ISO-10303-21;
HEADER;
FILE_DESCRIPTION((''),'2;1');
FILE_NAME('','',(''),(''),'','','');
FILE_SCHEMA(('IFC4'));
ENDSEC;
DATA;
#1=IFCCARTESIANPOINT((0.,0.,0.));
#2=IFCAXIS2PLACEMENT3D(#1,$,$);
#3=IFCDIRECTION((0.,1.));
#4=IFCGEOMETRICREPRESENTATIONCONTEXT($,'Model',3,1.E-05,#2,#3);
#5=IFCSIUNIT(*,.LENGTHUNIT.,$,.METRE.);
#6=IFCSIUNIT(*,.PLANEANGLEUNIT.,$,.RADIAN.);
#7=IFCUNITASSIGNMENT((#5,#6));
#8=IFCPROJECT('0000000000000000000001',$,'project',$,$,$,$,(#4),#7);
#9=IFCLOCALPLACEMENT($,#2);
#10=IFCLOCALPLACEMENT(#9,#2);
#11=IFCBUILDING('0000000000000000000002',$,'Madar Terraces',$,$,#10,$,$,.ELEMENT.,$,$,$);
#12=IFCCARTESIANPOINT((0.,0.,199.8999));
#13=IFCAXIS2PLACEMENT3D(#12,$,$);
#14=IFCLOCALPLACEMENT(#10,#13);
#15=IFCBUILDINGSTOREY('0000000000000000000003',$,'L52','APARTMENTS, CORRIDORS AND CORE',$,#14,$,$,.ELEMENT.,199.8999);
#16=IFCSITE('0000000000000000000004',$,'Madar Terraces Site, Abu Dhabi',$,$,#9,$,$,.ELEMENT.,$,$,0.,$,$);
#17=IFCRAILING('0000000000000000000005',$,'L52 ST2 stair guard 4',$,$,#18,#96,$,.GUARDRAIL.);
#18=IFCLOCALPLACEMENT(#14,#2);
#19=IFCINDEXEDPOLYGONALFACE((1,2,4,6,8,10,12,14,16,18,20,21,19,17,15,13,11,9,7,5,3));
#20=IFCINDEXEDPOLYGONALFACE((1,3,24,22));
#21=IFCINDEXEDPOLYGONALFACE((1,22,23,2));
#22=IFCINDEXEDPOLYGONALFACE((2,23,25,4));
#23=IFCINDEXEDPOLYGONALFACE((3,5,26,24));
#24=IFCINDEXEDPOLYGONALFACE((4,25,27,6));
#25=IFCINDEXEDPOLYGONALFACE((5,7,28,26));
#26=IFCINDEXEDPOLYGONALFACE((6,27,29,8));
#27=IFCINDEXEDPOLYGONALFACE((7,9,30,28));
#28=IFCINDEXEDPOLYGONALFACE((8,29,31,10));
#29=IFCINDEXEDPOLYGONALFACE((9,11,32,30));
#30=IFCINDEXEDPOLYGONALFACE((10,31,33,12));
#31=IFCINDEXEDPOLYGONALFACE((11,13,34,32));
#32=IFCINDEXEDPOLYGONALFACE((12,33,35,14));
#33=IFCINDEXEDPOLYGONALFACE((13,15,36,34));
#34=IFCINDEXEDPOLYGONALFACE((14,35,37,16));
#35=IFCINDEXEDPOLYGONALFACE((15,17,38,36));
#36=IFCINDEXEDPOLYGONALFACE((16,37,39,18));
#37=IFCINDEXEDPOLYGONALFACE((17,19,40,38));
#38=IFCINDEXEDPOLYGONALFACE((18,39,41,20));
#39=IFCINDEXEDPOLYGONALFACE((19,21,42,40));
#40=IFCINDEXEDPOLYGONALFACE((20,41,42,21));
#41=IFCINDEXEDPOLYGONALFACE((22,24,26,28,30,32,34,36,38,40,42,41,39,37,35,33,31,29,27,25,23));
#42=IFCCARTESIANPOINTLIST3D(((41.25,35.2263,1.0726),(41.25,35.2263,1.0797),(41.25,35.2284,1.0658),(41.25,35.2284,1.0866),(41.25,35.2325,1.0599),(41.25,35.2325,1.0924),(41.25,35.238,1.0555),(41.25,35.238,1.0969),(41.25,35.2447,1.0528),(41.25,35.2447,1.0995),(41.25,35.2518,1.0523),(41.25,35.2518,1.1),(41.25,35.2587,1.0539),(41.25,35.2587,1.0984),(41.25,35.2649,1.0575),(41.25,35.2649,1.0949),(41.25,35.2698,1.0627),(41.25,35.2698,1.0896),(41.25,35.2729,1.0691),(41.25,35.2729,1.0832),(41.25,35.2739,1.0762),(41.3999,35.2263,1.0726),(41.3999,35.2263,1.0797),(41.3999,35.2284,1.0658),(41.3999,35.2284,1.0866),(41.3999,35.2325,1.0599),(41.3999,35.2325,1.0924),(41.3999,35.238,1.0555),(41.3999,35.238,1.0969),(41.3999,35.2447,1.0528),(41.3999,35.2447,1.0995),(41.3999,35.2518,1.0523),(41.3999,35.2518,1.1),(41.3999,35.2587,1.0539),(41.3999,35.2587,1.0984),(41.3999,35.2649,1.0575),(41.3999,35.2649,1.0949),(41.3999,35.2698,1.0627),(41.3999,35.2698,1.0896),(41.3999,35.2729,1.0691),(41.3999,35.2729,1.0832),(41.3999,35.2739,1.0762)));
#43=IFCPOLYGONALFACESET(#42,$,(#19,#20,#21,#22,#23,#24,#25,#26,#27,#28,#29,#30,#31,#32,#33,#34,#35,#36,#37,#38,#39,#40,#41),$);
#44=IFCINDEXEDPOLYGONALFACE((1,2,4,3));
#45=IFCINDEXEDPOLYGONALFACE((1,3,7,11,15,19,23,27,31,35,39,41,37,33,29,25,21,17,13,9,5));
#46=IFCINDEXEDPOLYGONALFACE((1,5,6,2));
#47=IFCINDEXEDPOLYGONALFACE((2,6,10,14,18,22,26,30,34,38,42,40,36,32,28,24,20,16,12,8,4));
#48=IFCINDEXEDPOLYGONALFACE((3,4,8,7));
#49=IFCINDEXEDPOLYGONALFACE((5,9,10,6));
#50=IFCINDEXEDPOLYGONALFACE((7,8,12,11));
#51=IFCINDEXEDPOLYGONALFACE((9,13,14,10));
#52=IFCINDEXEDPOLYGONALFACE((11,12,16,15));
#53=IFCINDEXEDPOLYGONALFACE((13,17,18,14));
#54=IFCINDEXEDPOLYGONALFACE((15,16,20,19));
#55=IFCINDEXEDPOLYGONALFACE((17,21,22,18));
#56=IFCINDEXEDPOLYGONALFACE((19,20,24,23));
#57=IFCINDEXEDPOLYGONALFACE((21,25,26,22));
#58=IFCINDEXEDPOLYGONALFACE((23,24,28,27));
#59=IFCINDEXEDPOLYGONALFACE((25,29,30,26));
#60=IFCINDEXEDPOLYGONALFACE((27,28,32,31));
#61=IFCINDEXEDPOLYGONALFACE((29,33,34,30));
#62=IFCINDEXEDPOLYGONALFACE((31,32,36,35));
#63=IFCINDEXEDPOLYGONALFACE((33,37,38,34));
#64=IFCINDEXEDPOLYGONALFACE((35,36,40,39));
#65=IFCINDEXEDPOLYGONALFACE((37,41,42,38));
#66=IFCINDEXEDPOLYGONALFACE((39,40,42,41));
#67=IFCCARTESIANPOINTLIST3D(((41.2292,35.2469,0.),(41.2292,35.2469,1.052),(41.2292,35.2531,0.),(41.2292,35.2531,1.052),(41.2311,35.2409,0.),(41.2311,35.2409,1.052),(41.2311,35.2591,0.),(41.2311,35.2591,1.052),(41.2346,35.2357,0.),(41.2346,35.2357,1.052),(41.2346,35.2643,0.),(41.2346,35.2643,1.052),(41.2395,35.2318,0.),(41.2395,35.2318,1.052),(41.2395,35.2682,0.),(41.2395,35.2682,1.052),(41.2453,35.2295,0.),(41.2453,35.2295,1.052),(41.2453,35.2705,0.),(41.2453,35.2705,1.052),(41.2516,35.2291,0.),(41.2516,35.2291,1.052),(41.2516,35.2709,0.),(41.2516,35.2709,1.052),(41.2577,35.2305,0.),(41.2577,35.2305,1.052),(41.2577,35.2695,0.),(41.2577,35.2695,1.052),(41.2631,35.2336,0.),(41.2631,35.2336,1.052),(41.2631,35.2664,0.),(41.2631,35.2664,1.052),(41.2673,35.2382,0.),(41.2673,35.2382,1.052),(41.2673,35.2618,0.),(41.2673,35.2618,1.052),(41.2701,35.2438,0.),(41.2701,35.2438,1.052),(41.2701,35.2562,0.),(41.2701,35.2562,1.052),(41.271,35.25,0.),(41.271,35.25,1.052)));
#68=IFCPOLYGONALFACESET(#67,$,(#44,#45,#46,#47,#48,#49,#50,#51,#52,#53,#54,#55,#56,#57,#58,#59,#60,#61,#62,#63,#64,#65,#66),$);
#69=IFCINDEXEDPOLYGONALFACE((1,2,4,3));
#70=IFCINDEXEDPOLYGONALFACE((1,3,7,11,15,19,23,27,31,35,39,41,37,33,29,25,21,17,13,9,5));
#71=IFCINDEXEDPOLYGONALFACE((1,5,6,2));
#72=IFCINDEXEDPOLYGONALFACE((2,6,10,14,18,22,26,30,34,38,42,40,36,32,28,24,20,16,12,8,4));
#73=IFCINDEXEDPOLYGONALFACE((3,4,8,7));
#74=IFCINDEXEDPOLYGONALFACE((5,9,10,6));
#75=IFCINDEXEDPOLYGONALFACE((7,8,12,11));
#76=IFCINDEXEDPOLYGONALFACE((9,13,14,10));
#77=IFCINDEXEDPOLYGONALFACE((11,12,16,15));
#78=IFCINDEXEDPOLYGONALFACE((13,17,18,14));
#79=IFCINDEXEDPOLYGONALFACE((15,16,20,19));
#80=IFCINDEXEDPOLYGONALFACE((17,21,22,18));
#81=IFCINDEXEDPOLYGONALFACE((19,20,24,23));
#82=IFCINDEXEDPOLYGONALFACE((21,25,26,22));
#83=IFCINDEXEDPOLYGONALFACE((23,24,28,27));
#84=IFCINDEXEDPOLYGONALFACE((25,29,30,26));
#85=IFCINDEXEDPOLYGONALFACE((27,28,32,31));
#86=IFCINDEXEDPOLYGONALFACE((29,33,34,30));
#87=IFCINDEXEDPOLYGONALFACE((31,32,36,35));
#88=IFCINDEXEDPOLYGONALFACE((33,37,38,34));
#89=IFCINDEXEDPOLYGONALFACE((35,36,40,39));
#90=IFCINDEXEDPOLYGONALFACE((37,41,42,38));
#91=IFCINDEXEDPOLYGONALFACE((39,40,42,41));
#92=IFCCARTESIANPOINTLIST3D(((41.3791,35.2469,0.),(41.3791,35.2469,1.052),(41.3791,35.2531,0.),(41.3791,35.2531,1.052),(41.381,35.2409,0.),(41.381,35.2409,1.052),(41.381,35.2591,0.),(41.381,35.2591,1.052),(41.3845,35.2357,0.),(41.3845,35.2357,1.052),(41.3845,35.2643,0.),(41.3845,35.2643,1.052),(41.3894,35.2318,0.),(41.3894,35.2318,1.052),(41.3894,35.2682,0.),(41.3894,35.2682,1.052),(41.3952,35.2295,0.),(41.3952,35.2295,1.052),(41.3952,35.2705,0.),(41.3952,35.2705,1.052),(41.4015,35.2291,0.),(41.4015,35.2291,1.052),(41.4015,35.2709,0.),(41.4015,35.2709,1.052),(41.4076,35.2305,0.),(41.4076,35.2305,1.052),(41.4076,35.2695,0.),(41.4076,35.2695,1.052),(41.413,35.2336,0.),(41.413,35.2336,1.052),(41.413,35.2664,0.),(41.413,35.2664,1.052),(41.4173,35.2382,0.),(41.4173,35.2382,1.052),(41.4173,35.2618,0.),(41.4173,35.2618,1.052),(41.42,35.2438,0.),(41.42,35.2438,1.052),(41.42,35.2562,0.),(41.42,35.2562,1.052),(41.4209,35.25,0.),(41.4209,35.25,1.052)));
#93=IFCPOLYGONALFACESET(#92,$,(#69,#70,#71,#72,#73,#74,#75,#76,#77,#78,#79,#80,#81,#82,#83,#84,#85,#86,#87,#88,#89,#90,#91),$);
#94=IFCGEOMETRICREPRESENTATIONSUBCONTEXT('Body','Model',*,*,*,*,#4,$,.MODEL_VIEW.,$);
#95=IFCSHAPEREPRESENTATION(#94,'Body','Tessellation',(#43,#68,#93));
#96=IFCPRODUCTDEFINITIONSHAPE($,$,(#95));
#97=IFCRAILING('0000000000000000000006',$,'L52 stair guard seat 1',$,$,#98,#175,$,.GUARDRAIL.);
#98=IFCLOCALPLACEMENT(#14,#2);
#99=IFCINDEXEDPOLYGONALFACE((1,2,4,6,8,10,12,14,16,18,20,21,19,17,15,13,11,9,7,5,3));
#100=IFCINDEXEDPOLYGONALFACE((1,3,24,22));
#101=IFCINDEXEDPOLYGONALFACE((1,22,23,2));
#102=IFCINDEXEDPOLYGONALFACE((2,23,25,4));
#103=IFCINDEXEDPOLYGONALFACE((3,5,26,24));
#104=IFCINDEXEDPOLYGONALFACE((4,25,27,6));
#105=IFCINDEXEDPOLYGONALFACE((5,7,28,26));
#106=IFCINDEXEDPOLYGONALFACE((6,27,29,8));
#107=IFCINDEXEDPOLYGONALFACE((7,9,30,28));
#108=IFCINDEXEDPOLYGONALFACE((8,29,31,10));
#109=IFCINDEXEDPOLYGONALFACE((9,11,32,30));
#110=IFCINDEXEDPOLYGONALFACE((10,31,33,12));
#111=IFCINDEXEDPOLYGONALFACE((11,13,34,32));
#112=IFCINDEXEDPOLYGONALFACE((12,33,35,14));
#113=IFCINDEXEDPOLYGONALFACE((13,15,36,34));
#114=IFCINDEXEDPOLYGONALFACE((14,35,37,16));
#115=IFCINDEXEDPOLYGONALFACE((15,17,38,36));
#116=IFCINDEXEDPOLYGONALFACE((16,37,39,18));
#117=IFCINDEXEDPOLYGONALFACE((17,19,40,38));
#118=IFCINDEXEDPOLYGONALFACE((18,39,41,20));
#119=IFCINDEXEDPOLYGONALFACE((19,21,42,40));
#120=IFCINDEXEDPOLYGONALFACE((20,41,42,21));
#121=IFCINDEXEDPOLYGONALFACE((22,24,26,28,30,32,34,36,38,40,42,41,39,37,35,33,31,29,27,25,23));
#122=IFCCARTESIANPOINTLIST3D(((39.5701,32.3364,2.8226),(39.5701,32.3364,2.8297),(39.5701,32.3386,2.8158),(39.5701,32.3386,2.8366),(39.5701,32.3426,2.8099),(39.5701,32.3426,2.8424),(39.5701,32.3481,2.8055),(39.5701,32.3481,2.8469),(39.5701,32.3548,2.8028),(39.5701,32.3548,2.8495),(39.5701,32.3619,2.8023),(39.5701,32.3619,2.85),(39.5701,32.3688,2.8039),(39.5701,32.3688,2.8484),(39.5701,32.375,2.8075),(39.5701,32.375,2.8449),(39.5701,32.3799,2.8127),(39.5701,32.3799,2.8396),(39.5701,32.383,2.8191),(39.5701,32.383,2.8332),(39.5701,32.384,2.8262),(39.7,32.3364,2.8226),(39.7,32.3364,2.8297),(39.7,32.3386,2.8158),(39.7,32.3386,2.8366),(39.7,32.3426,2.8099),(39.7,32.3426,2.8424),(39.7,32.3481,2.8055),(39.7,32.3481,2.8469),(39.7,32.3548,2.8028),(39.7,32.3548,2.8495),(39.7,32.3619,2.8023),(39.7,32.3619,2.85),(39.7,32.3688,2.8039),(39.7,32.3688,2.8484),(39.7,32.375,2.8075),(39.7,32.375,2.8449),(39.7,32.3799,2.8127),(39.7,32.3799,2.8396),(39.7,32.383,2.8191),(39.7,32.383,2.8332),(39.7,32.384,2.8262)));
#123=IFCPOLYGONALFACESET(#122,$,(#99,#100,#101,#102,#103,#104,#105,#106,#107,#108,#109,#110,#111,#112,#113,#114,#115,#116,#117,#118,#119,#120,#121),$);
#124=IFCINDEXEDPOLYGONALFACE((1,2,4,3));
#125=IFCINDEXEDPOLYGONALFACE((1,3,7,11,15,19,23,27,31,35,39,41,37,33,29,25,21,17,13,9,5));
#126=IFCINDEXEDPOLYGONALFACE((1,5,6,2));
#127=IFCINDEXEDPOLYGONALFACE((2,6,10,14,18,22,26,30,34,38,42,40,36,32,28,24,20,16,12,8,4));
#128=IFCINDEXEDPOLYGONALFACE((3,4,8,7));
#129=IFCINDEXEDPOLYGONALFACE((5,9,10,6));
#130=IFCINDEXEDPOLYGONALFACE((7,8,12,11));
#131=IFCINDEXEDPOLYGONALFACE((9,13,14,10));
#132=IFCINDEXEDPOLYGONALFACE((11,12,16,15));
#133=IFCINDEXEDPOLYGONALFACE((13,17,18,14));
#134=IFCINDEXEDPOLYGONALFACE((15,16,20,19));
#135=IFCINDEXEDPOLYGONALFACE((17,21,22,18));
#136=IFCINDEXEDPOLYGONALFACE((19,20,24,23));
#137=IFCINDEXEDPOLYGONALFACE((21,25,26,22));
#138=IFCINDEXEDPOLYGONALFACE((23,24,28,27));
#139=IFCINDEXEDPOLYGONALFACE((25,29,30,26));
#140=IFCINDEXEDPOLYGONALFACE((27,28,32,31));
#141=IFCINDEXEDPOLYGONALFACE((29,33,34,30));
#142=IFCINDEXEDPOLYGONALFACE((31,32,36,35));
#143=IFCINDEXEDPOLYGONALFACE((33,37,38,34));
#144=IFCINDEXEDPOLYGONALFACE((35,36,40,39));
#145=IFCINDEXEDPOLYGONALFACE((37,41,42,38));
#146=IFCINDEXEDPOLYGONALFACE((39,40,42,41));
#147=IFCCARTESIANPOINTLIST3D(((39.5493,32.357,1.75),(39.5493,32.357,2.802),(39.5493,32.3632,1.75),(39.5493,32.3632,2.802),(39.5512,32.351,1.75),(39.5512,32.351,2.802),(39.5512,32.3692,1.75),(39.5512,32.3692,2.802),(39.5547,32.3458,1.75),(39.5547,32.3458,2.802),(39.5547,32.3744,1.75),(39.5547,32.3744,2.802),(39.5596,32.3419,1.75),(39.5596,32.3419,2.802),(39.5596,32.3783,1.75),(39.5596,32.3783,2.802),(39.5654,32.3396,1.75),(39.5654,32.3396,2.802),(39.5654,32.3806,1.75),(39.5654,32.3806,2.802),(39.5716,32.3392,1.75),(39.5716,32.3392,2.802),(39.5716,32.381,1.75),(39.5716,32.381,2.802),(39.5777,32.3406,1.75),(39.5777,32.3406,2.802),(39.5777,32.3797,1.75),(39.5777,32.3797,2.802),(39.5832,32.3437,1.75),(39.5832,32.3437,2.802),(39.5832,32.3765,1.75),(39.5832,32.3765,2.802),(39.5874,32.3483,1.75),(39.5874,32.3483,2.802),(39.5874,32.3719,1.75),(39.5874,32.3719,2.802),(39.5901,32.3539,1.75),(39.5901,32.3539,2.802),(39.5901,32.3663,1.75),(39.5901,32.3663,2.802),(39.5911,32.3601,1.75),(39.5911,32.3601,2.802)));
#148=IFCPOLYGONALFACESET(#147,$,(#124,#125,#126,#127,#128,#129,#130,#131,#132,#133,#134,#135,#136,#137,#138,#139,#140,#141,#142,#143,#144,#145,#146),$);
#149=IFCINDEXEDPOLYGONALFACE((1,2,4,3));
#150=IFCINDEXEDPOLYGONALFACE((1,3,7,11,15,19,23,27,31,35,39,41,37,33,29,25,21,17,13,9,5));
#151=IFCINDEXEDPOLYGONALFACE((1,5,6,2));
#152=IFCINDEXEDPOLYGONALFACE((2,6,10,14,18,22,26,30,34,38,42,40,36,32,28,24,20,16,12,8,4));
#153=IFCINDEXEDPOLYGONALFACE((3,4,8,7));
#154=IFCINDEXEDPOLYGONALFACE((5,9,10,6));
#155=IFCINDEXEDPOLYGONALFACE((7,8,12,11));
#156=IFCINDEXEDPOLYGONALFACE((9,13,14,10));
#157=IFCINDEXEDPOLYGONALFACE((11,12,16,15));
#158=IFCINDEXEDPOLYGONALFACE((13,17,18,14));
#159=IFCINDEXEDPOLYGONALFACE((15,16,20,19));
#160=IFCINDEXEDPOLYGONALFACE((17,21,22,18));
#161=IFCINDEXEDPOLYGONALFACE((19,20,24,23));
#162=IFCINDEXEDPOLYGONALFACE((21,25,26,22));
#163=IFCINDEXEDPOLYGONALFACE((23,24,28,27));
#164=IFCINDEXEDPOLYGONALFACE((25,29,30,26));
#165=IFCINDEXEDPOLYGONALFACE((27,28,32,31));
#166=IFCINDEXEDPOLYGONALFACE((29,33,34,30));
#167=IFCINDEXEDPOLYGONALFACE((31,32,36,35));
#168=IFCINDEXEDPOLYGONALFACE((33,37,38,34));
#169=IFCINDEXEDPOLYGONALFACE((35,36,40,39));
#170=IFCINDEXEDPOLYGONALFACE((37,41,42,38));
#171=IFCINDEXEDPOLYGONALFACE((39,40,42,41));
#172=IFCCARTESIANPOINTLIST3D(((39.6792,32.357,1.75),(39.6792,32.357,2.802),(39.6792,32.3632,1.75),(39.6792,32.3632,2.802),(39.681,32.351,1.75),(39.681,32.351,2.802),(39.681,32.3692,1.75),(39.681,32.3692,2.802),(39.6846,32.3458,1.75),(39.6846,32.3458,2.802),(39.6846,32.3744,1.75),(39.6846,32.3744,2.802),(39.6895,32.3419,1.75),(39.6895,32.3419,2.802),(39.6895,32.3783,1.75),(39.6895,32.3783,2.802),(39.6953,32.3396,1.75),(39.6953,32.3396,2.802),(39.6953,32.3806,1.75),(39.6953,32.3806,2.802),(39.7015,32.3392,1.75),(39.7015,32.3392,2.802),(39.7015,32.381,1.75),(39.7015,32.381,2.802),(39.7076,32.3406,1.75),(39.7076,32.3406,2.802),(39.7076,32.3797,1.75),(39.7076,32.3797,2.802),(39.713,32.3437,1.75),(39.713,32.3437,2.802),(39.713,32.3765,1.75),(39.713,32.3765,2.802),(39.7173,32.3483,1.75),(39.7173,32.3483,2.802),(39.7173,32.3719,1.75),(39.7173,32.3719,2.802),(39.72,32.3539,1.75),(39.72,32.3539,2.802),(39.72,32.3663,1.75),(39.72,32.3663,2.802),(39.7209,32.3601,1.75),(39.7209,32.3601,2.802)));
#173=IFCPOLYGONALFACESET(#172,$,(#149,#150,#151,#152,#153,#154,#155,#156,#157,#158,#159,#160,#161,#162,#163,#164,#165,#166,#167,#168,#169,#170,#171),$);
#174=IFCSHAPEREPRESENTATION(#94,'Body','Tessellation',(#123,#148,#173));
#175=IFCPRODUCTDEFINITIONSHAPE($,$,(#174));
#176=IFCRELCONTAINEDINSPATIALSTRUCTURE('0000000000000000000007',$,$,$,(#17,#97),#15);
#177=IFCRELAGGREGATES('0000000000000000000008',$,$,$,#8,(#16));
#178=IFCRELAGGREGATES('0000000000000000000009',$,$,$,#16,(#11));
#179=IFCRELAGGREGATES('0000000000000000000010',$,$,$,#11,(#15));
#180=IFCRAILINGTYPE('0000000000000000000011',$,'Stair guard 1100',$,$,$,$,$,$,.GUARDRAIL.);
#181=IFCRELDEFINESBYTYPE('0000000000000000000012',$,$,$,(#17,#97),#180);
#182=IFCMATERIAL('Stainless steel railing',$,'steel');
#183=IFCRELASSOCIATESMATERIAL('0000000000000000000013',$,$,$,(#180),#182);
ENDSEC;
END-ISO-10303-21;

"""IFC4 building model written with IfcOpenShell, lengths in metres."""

from ifc_helpers import new_model, si_unit, direction, frame, origin, origin_2d, place, context, subcontext, project, spatial, circle, extrude, material, type_object, element, save


model = new_model("IFC4")

# Units and contexts
model_context = context("Model", 3, precision=1e-05, world=origin(), true_north=direction((0.0, 1.0)))
body_context = subcontext(model_context, "Body", "Model", "MODEL_VIEW")
ifc_project = project(units=[si_unit("LENGTHUNIT", "METRE"), si_unit("PLANEANGLEUNIT", "RADIAN")], contexts=[model_context])

# Site, building, storey
site_placement = place(None, origin())
site = spatial("IfcSite", under=ifc_project, at=site_placement, Name="Madar Terraces Site, Abu Dhabi", CompositionType="ELEMENT", RefElevation=0.0)
building_placement = place(site_placement, origin())
building = spatial("IfcBuilding", under=site, at=building_placement, Name="Madar Terraces", CompositionType="ELEMENT")
storey_placement = place(building_placement, frame((0.0, 0.0, 199.8999)))
storey = spatial("IfcBuildingStorey", under=building, at=storey_placement, Name="L52", Description="APARTMENTS, CORRIDORS AND CORE", CompositionType="ELEMENT", Elevation=199.8999)

# Railings
ifc_material_1 = material(Name="Stainless steel railing", Category="steel")
railing_type_1 = type_object("IfcRailingType", Name="Stair guard 1100", PredefinedType="GUARDRAIL", material=ifc_material_1)
railing_1_placement = place(storey_placement, frame((41.25, 35.25, 0.0)))
element("IfcRailing", 1, at=railing_1_placement, inside=storey, type_object=railing_type_1, Name="L52 ST2 stair guard 4", PredefinedType="GUARDRAIL", context=body_context, shape_type="SweptSolid", body=[
    extrude(circle(Radius=0.0239, at=origin_2d()), frame((0.0, 0.0, 1.0762), z_axis=(1.0, 0.0, 0.0), x_axis=(0.0, 1.0, 0.0)), (0.0, 0.0, 1.0), 0.1499),
    extrude(circle(Radius=0.021, at=origin_2d()), origin(), (0.0, 0.0, 1.0), 1.052),
    extrude(circle(Radius=0.021, at=origin_2d()), frame((0.1499, 0.0, 0.0)), (0.0, 0.0, 1.0), 1.052),
])
railing_2_placement = place(storey_placement, frame((39.5701, 32.3601, 1.75)))
element("IfcRailing", 2, at=railing_2_placement, inside=storey, type_object=railing_type_1, Name="L52 stair guard seat 1", PredefinedType="GUARDRAIL", context=body_context, shape_type="SweptSolid", body=[
    extrude(circle(Radius=0.0239, at=origin_2d()), frame((0.0, 0.0, 1.0762), z_axis=(1.0, 0.0, 0.0), x_axis=(0.0, 1.0, 0.0)), (0.0, 0.0, 1.0), 0.1299),
    extrude(circle(Radius=0.021, at=origin_2d()), origin(), (0.0, 0.0, 1.0), 1.052),
    extrude(circle(Radius=0.021, at=origin_2d()), frame((0.1299, 0.0, 0.0)), (0.0, 0.0, 1.0), 1.052),
])

save(model, "model.ifc")
